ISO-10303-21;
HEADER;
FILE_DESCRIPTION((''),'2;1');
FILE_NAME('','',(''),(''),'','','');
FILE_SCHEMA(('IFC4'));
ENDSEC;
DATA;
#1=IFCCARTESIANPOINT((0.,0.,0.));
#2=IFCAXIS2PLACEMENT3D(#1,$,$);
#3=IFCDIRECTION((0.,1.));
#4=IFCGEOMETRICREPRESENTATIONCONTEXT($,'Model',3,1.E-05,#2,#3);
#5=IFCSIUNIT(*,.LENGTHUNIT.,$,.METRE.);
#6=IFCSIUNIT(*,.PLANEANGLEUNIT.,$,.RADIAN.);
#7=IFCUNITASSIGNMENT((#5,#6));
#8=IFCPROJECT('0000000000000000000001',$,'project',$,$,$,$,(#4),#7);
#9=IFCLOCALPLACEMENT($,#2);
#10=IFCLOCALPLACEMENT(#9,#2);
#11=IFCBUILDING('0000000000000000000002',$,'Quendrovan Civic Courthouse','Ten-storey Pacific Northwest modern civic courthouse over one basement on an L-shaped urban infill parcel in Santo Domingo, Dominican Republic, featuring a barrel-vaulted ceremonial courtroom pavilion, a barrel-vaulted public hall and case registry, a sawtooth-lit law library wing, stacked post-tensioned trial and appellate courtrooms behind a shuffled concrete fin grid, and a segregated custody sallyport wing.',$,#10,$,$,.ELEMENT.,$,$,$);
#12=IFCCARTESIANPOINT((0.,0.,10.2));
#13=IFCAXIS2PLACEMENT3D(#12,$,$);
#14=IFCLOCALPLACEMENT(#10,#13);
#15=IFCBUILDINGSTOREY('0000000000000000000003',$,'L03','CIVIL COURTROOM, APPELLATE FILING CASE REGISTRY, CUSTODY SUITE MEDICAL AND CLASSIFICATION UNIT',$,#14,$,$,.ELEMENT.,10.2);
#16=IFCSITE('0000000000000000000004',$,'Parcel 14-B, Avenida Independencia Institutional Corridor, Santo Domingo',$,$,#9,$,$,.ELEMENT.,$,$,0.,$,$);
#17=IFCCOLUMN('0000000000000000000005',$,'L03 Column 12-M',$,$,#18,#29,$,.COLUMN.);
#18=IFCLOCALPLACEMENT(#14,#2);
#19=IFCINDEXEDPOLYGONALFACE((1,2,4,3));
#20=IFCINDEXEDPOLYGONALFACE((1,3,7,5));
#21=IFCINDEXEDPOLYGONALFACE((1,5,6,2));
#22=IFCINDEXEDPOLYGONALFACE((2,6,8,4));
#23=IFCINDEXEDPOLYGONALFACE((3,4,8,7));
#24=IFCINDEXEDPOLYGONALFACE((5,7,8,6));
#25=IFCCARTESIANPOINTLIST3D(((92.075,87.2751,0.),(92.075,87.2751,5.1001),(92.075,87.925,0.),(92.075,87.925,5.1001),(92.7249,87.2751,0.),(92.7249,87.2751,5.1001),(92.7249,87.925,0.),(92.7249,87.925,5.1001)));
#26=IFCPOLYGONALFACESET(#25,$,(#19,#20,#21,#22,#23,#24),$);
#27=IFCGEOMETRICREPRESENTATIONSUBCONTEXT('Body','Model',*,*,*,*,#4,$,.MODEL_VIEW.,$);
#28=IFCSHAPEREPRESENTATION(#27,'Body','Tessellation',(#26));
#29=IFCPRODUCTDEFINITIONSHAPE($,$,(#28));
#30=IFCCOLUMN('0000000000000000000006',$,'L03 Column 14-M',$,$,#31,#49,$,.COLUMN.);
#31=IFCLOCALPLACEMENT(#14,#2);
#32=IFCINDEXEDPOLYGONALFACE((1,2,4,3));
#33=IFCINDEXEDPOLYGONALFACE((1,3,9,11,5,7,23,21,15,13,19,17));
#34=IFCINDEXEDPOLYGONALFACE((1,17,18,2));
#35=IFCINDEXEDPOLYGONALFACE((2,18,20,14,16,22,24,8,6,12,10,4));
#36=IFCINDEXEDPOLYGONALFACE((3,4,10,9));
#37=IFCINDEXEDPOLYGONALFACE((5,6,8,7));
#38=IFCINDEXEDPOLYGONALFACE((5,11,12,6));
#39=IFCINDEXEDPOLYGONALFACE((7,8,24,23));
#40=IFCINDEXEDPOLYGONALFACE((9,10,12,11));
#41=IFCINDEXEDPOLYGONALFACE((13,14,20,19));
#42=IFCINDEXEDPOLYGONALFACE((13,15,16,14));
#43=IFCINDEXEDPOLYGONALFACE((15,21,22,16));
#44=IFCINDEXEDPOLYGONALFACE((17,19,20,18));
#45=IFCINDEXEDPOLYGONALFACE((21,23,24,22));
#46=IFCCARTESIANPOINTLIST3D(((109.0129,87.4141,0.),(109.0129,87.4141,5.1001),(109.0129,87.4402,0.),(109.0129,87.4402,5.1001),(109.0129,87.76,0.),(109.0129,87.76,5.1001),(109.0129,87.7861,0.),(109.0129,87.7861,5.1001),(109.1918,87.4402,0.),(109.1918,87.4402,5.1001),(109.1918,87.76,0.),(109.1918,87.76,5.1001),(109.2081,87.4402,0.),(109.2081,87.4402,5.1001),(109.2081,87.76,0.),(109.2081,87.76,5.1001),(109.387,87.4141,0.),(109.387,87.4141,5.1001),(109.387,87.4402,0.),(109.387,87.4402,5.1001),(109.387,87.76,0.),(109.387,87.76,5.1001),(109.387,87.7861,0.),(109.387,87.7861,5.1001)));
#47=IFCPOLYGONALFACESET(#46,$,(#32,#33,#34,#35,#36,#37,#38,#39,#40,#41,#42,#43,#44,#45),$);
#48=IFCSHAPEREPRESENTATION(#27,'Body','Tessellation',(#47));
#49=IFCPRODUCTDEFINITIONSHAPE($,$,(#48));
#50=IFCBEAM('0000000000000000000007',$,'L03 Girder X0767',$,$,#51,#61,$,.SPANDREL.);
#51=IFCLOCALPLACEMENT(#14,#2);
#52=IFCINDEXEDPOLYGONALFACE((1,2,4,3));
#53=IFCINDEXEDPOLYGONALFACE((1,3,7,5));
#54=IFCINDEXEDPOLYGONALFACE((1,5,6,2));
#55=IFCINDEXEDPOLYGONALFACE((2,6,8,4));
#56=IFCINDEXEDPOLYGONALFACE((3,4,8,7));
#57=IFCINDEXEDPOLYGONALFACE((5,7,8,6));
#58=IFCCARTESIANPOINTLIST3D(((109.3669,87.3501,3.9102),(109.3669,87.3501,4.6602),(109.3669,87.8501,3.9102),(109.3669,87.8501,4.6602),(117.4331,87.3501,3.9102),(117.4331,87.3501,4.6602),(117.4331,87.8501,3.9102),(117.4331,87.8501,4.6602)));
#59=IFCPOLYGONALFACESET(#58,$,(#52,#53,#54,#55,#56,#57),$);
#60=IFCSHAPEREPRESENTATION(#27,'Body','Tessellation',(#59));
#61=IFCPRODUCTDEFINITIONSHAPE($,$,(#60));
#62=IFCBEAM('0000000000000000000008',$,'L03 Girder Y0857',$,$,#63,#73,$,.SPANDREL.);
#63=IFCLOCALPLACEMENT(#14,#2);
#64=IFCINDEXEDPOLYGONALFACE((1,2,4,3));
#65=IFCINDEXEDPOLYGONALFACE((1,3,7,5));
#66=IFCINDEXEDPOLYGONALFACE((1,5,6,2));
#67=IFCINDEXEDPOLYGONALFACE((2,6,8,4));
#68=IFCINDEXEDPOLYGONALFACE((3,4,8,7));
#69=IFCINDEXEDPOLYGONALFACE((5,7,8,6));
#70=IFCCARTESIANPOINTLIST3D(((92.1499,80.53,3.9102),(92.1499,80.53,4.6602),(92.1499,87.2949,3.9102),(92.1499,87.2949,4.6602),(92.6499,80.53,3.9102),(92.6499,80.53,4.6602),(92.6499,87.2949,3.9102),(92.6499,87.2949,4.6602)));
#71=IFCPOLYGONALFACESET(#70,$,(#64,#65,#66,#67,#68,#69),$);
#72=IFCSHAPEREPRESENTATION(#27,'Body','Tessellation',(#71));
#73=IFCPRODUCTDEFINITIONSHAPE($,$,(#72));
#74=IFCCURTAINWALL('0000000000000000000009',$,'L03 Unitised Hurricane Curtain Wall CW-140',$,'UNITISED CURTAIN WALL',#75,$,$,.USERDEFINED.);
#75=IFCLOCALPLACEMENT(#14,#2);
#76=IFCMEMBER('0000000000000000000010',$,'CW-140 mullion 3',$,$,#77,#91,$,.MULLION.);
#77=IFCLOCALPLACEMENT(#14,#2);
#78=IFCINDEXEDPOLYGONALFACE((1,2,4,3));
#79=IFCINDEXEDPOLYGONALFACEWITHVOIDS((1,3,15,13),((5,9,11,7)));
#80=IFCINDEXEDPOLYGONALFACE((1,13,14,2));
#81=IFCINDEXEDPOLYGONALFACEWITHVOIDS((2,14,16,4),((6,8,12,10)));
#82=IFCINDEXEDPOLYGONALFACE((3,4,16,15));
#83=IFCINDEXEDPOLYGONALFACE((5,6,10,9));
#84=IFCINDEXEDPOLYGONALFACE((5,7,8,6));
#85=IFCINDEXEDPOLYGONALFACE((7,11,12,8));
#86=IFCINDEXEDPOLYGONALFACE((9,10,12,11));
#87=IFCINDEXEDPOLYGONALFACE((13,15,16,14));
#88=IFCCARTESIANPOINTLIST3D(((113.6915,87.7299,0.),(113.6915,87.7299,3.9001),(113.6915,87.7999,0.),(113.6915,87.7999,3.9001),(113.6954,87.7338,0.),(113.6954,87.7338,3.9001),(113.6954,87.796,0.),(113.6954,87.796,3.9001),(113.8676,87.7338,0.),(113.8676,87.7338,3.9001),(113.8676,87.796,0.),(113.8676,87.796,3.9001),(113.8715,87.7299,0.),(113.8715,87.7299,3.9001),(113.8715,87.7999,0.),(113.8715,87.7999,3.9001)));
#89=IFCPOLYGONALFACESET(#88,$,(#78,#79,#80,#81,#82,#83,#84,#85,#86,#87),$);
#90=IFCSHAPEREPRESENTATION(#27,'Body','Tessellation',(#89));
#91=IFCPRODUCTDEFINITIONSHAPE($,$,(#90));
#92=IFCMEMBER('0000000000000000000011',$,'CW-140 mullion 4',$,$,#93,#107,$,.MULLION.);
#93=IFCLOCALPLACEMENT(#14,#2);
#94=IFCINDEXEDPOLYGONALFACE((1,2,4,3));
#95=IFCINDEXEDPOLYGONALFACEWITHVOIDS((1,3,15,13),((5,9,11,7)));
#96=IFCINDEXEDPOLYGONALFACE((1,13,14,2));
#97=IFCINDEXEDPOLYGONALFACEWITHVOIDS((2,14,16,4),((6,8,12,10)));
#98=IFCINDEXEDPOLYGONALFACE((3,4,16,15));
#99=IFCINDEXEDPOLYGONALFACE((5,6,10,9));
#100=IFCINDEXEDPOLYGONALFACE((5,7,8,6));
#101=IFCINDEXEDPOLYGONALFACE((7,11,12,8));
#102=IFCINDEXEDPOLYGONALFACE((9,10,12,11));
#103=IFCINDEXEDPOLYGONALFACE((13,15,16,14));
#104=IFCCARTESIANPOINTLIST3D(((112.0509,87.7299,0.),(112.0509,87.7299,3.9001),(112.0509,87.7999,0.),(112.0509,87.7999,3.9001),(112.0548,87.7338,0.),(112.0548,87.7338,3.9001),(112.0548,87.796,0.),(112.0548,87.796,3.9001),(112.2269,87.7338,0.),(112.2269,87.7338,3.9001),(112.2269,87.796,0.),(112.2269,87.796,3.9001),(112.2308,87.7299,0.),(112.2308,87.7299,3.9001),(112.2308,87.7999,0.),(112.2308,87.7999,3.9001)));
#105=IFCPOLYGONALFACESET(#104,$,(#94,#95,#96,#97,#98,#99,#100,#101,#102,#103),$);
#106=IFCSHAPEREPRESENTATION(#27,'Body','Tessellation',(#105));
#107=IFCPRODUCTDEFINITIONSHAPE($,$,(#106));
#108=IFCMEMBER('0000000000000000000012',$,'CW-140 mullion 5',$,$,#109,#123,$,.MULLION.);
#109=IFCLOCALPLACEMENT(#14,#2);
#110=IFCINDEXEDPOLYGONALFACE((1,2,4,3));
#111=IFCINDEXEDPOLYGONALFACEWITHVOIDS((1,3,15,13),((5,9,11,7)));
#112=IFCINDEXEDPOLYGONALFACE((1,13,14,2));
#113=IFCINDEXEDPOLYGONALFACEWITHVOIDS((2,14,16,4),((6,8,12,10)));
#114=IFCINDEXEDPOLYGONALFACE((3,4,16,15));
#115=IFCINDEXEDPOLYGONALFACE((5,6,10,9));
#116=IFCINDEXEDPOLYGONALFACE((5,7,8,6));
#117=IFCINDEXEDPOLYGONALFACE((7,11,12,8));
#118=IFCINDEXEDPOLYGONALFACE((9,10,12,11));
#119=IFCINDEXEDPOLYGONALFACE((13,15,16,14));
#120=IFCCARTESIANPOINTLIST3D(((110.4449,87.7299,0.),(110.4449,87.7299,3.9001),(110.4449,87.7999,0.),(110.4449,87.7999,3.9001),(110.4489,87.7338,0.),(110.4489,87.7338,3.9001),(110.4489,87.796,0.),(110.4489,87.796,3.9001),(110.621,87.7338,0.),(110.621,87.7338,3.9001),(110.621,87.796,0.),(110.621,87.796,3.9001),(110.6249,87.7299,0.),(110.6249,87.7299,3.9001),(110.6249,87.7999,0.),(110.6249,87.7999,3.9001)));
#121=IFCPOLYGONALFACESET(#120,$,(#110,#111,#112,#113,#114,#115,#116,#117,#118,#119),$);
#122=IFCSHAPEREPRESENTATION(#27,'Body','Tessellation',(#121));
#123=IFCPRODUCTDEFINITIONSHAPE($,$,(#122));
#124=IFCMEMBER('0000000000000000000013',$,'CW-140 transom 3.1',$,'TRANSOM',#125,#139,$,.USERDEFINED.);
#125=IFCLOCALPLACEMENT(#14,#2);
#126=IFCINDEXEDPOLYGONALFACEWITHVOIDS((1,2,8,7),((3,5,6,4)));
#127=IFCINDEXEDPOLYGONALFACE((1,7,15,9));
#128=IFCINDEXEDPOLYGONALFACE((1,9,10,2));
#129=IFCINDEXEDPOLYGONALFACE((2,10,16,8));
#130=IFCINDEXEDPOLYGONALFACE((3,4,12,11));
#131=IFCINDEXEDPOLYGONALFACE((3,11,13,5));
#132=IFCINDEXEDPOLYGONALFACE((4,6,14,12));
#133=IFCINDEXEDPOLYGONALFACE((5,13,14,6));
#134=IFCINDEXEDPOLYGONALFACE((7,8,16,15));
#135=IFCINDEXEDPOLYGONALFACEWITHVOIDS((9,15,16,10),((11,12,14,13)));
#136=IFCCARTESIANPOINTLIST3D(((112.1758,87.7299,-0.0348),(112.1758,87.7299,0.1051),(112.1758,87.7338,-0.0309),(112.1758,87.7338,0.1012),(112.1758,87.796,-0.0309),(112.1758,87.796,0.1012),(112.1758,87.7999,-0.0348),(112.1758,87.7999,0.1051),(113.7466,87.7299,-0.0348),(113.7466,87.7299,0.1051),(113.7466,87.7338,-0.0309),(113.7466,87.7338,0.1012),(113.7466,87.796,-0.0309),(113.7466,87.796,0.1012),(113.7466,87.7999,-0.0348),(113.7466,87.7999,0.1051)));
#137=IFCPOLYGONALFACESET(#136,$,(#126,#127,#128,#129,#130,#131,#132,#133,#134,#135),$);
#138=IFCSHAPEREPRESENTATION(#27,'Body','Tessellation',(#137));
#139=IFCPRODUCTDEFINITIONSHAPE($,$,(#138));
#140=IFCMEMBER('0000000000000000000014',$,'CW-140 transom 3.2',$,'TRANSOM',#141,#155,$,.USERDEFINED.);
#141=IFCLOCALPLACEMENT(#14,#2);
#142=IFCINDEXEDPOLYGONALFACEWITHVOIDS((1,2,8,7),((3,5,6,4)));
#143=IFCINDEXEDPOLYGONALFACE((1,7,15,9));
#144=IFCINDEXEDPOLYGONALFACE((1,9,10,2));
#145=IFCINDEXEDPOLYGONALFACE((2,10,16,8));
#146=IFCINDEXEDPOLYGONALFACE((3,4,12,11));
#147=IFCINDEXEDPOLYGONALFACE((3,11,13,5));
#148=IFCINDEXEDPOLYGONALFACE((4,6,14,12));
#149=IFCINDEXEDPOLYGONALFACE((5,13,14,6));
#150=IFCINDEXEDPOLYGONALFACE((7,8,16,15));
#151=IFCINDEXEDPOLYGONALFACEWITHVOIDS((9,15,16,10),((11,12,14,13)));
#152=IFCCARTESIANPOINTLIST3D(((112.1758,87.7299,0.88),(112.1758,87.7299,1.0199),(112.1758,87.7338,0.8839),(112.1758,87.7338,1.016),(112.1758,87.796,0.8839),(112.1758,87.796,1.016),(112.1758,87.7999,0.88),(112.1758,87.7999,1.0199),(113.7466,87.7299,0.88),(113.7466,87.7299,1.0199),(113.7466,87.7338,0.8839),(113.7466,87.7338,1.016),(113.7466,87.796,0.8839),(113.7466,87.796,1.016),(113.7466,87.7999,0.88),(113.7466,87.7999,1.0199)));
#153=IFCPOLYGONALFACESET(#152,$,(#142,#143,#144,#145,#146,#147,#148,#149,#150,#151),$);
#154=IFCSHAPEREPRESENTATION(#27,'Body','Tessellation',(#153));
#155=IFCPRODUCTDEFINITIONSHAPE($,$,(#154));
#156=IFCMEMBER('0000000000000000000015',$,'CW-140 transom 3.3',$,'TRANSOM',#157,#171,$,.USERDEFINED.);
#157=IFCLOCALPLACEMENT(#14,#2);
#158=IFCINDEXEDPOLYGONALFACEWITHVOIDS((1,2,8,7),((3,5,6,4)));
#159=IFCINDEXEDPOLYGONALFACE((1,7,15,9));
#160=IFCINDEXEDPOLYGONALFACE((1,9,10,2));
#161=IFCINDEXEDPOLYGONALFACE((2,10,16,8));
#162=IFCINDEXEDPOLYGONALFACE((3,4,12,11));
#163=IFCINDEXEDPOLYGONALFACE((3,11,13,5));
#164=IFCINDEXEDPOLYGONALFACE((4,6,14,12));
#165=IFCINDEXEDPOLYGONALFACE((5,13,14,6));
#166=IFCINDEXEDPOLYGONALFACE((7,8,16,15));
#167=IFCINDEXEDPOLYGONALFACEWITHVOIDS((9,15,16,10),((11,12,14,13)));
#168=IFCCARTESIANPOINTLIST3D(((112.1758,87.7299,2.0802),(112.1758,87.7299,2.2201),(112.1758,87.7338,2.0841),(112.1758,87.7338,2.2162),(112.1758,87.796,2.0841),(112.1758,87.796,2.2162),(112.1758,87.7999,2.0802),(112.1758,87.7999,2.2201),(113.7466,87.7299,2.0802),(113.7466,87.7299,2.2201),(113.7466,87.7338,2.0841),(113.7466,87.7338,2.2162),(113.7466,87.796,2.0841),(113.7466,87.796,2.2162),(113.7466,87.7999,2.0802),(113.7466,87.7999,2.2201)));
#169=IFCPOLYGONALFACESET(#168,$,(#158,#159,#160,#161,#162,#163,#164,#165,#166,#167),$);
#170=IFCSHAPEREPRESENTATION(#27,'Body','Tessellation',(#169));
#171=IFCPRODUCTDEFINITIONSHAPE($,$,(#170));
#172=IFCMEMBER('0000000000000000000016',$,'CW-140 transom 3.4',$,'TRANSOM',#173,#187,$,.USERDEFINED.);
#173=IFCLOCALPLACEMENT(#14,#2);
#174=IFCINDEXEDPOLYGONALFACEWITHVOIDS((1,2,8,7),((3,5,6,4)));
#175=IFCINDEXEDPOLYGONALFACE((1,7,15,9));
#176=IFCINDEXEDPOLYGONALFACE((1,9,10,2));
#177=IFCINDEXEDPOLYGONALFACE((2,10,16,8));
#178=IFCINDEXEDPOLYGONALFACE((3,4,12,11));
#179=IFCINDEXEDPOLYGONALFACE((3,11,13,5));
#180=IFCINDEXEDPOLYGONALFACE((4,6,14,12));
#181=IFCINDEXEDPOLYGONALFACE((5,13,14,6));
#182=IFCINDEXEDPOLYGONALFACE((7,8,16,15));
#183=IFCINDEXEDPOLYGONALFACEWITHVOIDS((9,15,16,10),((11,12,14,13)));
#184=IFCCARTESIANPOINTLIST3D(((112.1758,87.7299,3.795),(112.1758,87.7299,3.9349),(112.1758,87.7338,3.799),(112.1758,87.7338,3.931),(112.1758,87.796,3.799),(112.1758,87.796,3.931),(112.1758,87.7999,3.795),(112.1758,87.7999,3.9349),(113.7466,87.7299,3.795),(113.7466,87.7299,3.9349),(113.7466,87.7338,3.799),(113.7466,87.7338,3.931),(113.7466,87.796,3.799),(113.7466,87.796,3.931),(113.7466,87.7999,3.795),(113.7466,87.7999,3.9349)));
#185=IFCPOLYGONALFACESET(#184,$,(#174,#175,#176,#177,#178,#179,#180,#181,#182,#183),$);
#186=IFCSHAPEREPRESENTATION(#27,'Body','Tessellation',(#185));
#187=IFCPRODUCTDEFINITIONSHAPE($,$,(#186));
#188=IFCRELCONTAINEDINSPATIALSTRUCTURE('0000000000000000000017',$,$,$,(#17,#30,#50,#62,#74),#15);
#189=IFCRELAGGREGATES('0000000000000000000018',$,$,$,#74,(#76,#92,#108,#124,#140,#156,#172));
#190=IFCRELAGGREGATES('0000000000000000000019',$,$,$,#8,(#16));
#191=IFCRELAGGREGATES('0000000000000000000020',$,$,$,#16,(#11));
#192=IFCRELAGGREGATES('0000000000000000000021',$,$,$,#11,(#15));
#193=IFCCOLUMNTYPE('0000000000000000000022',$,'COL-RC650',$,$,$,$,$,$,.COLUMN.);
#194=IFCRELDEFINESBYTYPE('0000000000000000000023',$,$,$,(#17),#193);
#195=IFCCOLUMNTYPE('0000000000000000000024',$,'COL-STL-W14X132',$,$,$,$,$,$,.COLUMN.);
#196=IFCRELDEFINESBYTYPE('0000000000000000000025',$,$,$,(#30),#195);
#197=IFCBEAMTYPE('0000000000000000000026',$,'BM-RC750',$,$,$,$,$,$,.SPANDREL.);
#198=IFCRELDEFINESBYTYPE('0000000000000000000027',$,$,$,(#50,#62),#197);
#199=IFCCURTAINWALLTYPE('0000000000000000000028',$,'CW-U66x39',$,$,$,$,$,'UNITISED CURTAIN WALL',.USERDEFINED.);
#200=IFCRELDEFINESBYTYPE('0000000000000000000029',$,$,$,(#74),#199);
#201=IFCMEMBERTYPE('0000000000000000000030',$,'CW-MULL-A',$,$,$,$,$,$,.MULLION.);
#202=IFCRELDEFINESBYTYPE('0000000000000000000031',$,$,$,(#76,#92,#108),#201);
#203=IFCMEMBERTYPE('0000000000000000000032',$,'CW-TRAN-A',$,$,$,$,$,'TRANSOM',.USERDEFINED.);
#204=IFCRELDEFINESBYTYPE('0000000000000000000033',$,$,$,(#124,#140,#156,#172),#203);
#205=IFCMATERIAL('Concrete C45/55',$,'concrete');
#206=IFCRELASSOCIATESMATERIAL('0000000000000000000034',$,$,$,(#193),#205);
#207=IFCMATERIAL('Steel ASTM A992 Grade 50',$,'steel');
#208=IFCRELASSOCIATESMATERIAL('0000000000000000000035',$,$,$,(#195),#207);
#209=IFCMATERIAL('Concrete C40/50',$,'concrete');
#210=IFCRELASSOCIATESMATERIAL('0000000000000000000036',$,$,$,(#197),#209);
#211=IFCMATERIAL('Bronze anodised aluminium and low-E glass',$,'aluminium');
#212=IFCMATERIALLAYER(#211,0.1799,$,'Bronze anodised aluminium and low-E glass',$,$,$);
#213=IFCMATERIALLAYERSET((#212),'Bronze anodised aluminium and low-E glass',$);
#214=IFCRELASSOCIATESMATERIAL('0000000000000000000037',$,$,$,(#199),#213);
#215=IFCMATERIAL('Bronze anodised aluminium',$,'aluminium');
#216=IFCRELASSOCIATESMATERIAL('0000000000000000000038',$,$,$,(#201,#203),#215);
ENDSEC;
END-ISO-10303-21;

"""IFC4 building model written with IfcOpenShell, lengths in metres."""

from ifc_helpers import new_model, si_unit, direction, frame, origin, origin_2d, place, context, subcontext, project, spatial, rectangle, hollow_rectangle, i_section, extrude, material, layer, layer_set, material_profile, profile_set, type_object, element, aggregate, save


model = new_model("IFC4")

# Units and contexts
model_context = context("Model", 3, precision=1e-05, world=origin(), true_north=direction((0.0, 1.0)))
body_context = subcontext(model_context, "Body", "Model", "MODEL_VIEW")
ifc_project = project(units=[si_unit("LENGTHUNIT", "METRE"), si_unit("PLANEANGLEUNIT", "RADIAN")], contexts=[model_context])

# Site, building, storey
site_placement = place(None, origin())
site = spatial("IfcSite", under=ifc_project, at=site_placement, Name="Parcel 14-B, Avenida Independencia Institutional Corridor, Santo Domingo", CompositionType="ELEMENT", RefElevation=0.0)
building_placement = place(site_placement, origin())
building = spatial("IfcBuilding", under=site, at=building_placement, Name="Quendrovan Civic Courthouse", Description="Ten-storey Pacific Northwest modern civic courthouse over one basement on an L-shaped urban infill parcel in Santo Domingo, Dominican Republic, featuring a barrel-vaulted ceremonial courtroom pavilion, a barrel-vaulted public hall and case registry, a sawtooth-lit law library wing, stacked post-tensioned trial and appellate courtrooms behind a shuffled concrete fin grid, and a segregated custody sallyport wing.", CompositionType="ELEMENT")
storey_placement = place(building_placement, frame((0.0, 0.0, 10.2)))
storey = spatial("IfcBuildingStorey", under=building, at=storey_placement, Name="L03", Description="CIVIL COURTROOM, APPELLATE FILING CASE REGISTRY, CUSTODY SUITE MEDICAL AND CLASSIFICATION UNIT", CompositionType="ELEMENT", Elevation=10.2)

# Columns
ifc_material_1 = material(Name="Concrete C45/55", Category="concrete")
ifc_material_profile_1 = material_profile(ifc_material_1, rectangle(XDim=0.6499, YDim=0.6499, at=origin_2d()), Name="RC-COL-650x650")
ifc_profile_set_1 = profile_set([ifc_material_profile_1], Name="Concrete C45/55")
column_type_1 = type_object("IfcColumnType", Name="COL-RC650", PredefinedType="COLUMN", material=ifc_profile_set_1)
column_1_placement = place(storey_placement, frame((92.3999, 87.6001, 0.0), z_axis=(0.0, 0.0, 1.0), x_axis=(1.0, 0.0, 0.0)))
element("IfcColumn", 1, at=column_1_placement, inside=storey, type_object=column_type_1, Name="L03 Column 12-M", PredefinedType="COLUMN", context=body_context, shape_type="SweptSolid", body=[
    extrude(rectangle(XDim=0.6499, YDim=0.6499, at=origin_2d()), origin(), (0.0, 0.0, 1.0), 5.1001),
])
ifc_material_2 = material(Name="Steel ASTM A992 Grade 50", Category="steel")
ifc_material_profile_2 = material_profile(ifc_material_2, i_section(OverallWidth=0.374, OverallDepth=0.3721, WebThickness=0.0164, FlangeThickness=0.0261, at=origin_2d()), Name="W14X132")
ifc_profile_set_2 = profile_set([ifc_material_profile_2], Name="Steel ASTM A992 Grade 50")
column_type_2 = type_object("IfcColumnType", Name="COL-STL-W14X132", PredefinedType="COLUMN", material=ifc_profile_set_2)
column_2_placement = place(storey_placement, frame((109.2, 87.6001, 0.0), z_axis=(0.0, 0.0, 1.0), x_axis=(1.0, 0.0, 0.0)))
element("IfcColumn", 2, at=column_2_placement, inside=storey, type_object=column_type_2, Name="L03 Column 14-M", PredefinedType="COLUMN", context=body_context, shape_type="SweptSolid", body=[
    extrude(i_section(OverallWidth=0.374, OverallDepth=0.3721, WebThickness=0.0164, FlangeThickness=0.0261, at=origin_2d()), origin(), (0.0, 0.0, 1.0), 5.1001),
])

# Beams
ifc_material_3 = material(Name="Concrete C40/50", Category="concrete")
ifc_material_profile_3 = material_profile(ifc_material_3, rectangle(XDim=0.5, YDim=0.75, at=origin_2d()), Name="RC-BM-500x750")
ifc_profile_set_3 = profile_set([ifc_material_profile_3], Name="Concrete C40/50")
beam_type = type_object("IfcBeamType", Name="BM-RC750", PredefinedType="SPANDREL", material=ifc_profile_set_3)
beam_1_placement = place(storey_placement, frame((109.3669, 87.6001, 4.2852), z_axis=(1.0, 0.0, 0.0), x_axis=(0.0, 1.0, 0.0)))
element("IfcBeam", 3, at=beam_1_placement, inside=storey, type_object=beam_type, Name="L03 Girder X0767", PredefinedType="SPANDREL", context=body_context, shape_type="SweptSolid", body=[
    extrude(rectangle(XDim=0.5, YDim=0.75, at=origin_2d()), origin(), (0.0, 0.0, 1.0), 8.0662),
])
beam_2_placement = place(storey_placement, frame((92.3999, 80.53, 4.2852), z_axis=(0.0, 1.0, 0.0), x_axis=(-1.0, 0.0, 0.0)))
element("IfcBeam", 4, at=beam_2_placement, inside=storey, type_object=beam_type, Name="L03 Girder Y0857", PredefinedType="SPANDREL", context=body_context, shape_type="SweptSolid", body=[
    extrude(rectangle(XDim=0.5, YDim=0.75, at=origin_2d()), origin(), (0.0, 0.0, 1.0), 6.7649),
])

# Curtain wall, members
ifc_material_4 = material(Name="Bronze anodised aluminium and low-E glass", Category="aluminium")
ifc_layer_1 = layer(ifc_material_4, 0.1799, Name="Bronze anodised aluminium and low-E glass")
ifc_layer_set_1 = layer_set([ifc_layer_1], Name="Bronze anodised aluminium and low-E glass")
curtain_wall_type = type_object("IfcCurtainWallType", Name="CW-U66x39", ElementType="UNITISED CURTAIN WALL", PredefinedType="USERDEFINED", material=ifc_layer_set_1)
curtain_wall_placement = place(storey_placement, origin())
curtain_wall = element("IfcCurtainWall", 5, at=curtain_wall_placement, inside=storey, type_object=curtain_wall_type, Name="L03 Unitised Hurricane Curtain Wall CW-140", ObjectType="UNITISED CURTAIN WALL", PredefinedType="USERDEFINED")
ifc_material_5 = material(Name="Bronze anodised aluminium", Category="aluminium")
ifc_material_profile_4 = material_profile(ifc_material_5, hollow_rectangle(XDim=0.0701, YDim=0.1799, WallThickness=0.0039, at=origin_2d()), Name="CW-MULL-70x180")
ifc_profile_set_4 = profile_set([ifc_material_profile_4], Name="Bronze anodised aluminium")
member_type_1 = type_object("IfcMemberType", Name="CW-MULL-A", PredefinedType="MULLION", material=ifc_profile_set_4)
member_1_placement = place(storey_placement, frame((113.7815, 87.7649, 0.0), z_axis=(0.0, 0.0, 1.0), x_axis=(0.0, -1.0, 0.0)))
member_1 = element("IfcMember", 6, at=member_1_placement, type_object=member_type_1, Name="CW-140 mullion 3", PredefinedType="MULLION", context=body_context, shape_type="SweptSolid", body=[
    extrude(hollow_rectangle(XDim=0.0701, YDim=0.1799, WallThickness=0.0039, at=origin_2d()), origin(), (0.0, 0.0, 1.0), 3.9001),
])
member_2_placement = place(storey_placement, frame((112.1409, 87.7649, 0.0), z_axis=(0.0, 0.0, 1.0), x_axis=(0.0, -1.0, 0.0)))
member_2 = element("IfcMember", 7, at=member_2_placement, type_object=member_type_1, Name="CW-140 mullion 4", PredefinedType="MULLION", context=body_context, shape_type="SweptSolid", body=[
    extrude(hollow_rectangle(XDim=0.0701, YDim=0.1799, WallThickness=0.0039, at=origin_2d()), origin(), (0.0, 0.0, 1.0), 3.9001),
])
member_3_placement = place(storey_placement, frame((110.5349, 87.7649, 0.0), z_axis=(0.0, 0.0, 1.0), x_axis=(0.0, -1.0, 0.0)))
member_3 = element("IfcMember", 8, at=member_3_placement, type_object=member_type_1, Name="CW-140 mullion 5", PredefinedType="MULLION", context=body_context, shape_type="SweptSolid", body=[
    extrude(hollow_rectangle(XDim=0.0701, YDim=0.1799, WallThickness=0.0039, at=origin_2d()), origin(), (0.0, 0.0, 1.0), 3.9001),
])
ifc_material_profile_5 = material_profile(ifc_material_5, hollow_rectangle(XDim=0.0701, YDim=0.1399, WallThickness=0.0039, at=origin_2d()), Name="CW-TRAN-70x140")
ifc_profile_set_5 = profile_set([ifc_material_profile_5], Name="Bronze anodised aluminium")
member_type_2 = type_object("IfcMemberType", Name="CW-TRAN-A", ElementType="TRANSOM", PredefinedType="USERDEFINED", material=ifc_profile_set_5)
member_4_placement = place(storey_placement, frame((113.7466, 87.7649, 0.0352), z_axis=(-1.0, 0.0, 0.0), x_axis=(0.0, -1.0, 0.0)))
member_4 = element("IfcMember", 9, at=member_4_placement, type_object=member_type_2, Name="CW-140 transom 3.1", ObjectType="TRANSOM", PredefinedType="USERDEFINED", context=body_context, shape_type="SweptSolid", body=[
    extrude(hollow_rectangle(XDim=0.0701, YDim=0.1399, WallThickness=0.0039, at=origin_2d()), origin(), (0.0, 0.0, 1.0), 1.5708),
])
member_5_placement = place(storey_placement, frame((113.7466, 87.7649, 0.95), z_axis=(-1.0, 0.0, 0.0), x_axis=(0.0, -1.0, 0.0)))
member_5 = element("IfcMember", 10, at=member_5_placement, type_object=member_type_2, Name="CW-140 transom 3.2", ObjectType="TRANSOM", PredefinedType="USERDEFINED", context=body_context, shape_type="SweptSolid", body=[
    extrude(hollow_rectangle(XDim=0.0701, YDim=0.1399, WallThickness=0.0039, at=origin_2d()), origin(), (0.0, 0.0, 1.0), 1.5708),
])
member_6_placement = place(storey_placement, frame((113.7466, 87.7649, 2.1501), z_axis=(-1.0, 0.0, 0.0), x_axis=(0.0, -1.0, 0.0)))
member_6 = element("IfcMember", 11, at=member_6_placement, type_object=member_type_2, Name="CW-140 transom 3.3", ObjectType="TRANSOM", PredefinedType="USERDEFINED", context=body_context, shape_type="SweptSolid", body=[
    extrude(hollow_rectangle(XDim=0.0701, YDim=0.1399, WallThickness=0.0039, at=origin_2d()), origin(), (0.0, 0.0, 1.0), 1.5708),
])
member_7_placement = place(storey_placement, frame((113.7466, 87.7649, 3.865), z_axis=(-1.0, 0.0, 0.0), x_axis=(0.0, -1.0, 0.0)))
member_7 = element("IfcMember", 12, at=member_7_placement, type_object=member_type_2, Name="CW-140 transom 3.4", ObjectType="TRANSOM", PredefinedType="USERDEFINED", context=body_context, shape_type="SweptSolid", body=[
    extrude(hollow_rectangle(XDim=0.0701, YDim=0.1399, WallThickness=0.0039, at=origin_2d()), origin(), (0.0, 0.0, 1.0), 1.5708),
])
aggregate(curtain_wall, [member_1, member_2, member_3, member_4, member_5, member_6, member_7])

save(model, "model.ifc")
